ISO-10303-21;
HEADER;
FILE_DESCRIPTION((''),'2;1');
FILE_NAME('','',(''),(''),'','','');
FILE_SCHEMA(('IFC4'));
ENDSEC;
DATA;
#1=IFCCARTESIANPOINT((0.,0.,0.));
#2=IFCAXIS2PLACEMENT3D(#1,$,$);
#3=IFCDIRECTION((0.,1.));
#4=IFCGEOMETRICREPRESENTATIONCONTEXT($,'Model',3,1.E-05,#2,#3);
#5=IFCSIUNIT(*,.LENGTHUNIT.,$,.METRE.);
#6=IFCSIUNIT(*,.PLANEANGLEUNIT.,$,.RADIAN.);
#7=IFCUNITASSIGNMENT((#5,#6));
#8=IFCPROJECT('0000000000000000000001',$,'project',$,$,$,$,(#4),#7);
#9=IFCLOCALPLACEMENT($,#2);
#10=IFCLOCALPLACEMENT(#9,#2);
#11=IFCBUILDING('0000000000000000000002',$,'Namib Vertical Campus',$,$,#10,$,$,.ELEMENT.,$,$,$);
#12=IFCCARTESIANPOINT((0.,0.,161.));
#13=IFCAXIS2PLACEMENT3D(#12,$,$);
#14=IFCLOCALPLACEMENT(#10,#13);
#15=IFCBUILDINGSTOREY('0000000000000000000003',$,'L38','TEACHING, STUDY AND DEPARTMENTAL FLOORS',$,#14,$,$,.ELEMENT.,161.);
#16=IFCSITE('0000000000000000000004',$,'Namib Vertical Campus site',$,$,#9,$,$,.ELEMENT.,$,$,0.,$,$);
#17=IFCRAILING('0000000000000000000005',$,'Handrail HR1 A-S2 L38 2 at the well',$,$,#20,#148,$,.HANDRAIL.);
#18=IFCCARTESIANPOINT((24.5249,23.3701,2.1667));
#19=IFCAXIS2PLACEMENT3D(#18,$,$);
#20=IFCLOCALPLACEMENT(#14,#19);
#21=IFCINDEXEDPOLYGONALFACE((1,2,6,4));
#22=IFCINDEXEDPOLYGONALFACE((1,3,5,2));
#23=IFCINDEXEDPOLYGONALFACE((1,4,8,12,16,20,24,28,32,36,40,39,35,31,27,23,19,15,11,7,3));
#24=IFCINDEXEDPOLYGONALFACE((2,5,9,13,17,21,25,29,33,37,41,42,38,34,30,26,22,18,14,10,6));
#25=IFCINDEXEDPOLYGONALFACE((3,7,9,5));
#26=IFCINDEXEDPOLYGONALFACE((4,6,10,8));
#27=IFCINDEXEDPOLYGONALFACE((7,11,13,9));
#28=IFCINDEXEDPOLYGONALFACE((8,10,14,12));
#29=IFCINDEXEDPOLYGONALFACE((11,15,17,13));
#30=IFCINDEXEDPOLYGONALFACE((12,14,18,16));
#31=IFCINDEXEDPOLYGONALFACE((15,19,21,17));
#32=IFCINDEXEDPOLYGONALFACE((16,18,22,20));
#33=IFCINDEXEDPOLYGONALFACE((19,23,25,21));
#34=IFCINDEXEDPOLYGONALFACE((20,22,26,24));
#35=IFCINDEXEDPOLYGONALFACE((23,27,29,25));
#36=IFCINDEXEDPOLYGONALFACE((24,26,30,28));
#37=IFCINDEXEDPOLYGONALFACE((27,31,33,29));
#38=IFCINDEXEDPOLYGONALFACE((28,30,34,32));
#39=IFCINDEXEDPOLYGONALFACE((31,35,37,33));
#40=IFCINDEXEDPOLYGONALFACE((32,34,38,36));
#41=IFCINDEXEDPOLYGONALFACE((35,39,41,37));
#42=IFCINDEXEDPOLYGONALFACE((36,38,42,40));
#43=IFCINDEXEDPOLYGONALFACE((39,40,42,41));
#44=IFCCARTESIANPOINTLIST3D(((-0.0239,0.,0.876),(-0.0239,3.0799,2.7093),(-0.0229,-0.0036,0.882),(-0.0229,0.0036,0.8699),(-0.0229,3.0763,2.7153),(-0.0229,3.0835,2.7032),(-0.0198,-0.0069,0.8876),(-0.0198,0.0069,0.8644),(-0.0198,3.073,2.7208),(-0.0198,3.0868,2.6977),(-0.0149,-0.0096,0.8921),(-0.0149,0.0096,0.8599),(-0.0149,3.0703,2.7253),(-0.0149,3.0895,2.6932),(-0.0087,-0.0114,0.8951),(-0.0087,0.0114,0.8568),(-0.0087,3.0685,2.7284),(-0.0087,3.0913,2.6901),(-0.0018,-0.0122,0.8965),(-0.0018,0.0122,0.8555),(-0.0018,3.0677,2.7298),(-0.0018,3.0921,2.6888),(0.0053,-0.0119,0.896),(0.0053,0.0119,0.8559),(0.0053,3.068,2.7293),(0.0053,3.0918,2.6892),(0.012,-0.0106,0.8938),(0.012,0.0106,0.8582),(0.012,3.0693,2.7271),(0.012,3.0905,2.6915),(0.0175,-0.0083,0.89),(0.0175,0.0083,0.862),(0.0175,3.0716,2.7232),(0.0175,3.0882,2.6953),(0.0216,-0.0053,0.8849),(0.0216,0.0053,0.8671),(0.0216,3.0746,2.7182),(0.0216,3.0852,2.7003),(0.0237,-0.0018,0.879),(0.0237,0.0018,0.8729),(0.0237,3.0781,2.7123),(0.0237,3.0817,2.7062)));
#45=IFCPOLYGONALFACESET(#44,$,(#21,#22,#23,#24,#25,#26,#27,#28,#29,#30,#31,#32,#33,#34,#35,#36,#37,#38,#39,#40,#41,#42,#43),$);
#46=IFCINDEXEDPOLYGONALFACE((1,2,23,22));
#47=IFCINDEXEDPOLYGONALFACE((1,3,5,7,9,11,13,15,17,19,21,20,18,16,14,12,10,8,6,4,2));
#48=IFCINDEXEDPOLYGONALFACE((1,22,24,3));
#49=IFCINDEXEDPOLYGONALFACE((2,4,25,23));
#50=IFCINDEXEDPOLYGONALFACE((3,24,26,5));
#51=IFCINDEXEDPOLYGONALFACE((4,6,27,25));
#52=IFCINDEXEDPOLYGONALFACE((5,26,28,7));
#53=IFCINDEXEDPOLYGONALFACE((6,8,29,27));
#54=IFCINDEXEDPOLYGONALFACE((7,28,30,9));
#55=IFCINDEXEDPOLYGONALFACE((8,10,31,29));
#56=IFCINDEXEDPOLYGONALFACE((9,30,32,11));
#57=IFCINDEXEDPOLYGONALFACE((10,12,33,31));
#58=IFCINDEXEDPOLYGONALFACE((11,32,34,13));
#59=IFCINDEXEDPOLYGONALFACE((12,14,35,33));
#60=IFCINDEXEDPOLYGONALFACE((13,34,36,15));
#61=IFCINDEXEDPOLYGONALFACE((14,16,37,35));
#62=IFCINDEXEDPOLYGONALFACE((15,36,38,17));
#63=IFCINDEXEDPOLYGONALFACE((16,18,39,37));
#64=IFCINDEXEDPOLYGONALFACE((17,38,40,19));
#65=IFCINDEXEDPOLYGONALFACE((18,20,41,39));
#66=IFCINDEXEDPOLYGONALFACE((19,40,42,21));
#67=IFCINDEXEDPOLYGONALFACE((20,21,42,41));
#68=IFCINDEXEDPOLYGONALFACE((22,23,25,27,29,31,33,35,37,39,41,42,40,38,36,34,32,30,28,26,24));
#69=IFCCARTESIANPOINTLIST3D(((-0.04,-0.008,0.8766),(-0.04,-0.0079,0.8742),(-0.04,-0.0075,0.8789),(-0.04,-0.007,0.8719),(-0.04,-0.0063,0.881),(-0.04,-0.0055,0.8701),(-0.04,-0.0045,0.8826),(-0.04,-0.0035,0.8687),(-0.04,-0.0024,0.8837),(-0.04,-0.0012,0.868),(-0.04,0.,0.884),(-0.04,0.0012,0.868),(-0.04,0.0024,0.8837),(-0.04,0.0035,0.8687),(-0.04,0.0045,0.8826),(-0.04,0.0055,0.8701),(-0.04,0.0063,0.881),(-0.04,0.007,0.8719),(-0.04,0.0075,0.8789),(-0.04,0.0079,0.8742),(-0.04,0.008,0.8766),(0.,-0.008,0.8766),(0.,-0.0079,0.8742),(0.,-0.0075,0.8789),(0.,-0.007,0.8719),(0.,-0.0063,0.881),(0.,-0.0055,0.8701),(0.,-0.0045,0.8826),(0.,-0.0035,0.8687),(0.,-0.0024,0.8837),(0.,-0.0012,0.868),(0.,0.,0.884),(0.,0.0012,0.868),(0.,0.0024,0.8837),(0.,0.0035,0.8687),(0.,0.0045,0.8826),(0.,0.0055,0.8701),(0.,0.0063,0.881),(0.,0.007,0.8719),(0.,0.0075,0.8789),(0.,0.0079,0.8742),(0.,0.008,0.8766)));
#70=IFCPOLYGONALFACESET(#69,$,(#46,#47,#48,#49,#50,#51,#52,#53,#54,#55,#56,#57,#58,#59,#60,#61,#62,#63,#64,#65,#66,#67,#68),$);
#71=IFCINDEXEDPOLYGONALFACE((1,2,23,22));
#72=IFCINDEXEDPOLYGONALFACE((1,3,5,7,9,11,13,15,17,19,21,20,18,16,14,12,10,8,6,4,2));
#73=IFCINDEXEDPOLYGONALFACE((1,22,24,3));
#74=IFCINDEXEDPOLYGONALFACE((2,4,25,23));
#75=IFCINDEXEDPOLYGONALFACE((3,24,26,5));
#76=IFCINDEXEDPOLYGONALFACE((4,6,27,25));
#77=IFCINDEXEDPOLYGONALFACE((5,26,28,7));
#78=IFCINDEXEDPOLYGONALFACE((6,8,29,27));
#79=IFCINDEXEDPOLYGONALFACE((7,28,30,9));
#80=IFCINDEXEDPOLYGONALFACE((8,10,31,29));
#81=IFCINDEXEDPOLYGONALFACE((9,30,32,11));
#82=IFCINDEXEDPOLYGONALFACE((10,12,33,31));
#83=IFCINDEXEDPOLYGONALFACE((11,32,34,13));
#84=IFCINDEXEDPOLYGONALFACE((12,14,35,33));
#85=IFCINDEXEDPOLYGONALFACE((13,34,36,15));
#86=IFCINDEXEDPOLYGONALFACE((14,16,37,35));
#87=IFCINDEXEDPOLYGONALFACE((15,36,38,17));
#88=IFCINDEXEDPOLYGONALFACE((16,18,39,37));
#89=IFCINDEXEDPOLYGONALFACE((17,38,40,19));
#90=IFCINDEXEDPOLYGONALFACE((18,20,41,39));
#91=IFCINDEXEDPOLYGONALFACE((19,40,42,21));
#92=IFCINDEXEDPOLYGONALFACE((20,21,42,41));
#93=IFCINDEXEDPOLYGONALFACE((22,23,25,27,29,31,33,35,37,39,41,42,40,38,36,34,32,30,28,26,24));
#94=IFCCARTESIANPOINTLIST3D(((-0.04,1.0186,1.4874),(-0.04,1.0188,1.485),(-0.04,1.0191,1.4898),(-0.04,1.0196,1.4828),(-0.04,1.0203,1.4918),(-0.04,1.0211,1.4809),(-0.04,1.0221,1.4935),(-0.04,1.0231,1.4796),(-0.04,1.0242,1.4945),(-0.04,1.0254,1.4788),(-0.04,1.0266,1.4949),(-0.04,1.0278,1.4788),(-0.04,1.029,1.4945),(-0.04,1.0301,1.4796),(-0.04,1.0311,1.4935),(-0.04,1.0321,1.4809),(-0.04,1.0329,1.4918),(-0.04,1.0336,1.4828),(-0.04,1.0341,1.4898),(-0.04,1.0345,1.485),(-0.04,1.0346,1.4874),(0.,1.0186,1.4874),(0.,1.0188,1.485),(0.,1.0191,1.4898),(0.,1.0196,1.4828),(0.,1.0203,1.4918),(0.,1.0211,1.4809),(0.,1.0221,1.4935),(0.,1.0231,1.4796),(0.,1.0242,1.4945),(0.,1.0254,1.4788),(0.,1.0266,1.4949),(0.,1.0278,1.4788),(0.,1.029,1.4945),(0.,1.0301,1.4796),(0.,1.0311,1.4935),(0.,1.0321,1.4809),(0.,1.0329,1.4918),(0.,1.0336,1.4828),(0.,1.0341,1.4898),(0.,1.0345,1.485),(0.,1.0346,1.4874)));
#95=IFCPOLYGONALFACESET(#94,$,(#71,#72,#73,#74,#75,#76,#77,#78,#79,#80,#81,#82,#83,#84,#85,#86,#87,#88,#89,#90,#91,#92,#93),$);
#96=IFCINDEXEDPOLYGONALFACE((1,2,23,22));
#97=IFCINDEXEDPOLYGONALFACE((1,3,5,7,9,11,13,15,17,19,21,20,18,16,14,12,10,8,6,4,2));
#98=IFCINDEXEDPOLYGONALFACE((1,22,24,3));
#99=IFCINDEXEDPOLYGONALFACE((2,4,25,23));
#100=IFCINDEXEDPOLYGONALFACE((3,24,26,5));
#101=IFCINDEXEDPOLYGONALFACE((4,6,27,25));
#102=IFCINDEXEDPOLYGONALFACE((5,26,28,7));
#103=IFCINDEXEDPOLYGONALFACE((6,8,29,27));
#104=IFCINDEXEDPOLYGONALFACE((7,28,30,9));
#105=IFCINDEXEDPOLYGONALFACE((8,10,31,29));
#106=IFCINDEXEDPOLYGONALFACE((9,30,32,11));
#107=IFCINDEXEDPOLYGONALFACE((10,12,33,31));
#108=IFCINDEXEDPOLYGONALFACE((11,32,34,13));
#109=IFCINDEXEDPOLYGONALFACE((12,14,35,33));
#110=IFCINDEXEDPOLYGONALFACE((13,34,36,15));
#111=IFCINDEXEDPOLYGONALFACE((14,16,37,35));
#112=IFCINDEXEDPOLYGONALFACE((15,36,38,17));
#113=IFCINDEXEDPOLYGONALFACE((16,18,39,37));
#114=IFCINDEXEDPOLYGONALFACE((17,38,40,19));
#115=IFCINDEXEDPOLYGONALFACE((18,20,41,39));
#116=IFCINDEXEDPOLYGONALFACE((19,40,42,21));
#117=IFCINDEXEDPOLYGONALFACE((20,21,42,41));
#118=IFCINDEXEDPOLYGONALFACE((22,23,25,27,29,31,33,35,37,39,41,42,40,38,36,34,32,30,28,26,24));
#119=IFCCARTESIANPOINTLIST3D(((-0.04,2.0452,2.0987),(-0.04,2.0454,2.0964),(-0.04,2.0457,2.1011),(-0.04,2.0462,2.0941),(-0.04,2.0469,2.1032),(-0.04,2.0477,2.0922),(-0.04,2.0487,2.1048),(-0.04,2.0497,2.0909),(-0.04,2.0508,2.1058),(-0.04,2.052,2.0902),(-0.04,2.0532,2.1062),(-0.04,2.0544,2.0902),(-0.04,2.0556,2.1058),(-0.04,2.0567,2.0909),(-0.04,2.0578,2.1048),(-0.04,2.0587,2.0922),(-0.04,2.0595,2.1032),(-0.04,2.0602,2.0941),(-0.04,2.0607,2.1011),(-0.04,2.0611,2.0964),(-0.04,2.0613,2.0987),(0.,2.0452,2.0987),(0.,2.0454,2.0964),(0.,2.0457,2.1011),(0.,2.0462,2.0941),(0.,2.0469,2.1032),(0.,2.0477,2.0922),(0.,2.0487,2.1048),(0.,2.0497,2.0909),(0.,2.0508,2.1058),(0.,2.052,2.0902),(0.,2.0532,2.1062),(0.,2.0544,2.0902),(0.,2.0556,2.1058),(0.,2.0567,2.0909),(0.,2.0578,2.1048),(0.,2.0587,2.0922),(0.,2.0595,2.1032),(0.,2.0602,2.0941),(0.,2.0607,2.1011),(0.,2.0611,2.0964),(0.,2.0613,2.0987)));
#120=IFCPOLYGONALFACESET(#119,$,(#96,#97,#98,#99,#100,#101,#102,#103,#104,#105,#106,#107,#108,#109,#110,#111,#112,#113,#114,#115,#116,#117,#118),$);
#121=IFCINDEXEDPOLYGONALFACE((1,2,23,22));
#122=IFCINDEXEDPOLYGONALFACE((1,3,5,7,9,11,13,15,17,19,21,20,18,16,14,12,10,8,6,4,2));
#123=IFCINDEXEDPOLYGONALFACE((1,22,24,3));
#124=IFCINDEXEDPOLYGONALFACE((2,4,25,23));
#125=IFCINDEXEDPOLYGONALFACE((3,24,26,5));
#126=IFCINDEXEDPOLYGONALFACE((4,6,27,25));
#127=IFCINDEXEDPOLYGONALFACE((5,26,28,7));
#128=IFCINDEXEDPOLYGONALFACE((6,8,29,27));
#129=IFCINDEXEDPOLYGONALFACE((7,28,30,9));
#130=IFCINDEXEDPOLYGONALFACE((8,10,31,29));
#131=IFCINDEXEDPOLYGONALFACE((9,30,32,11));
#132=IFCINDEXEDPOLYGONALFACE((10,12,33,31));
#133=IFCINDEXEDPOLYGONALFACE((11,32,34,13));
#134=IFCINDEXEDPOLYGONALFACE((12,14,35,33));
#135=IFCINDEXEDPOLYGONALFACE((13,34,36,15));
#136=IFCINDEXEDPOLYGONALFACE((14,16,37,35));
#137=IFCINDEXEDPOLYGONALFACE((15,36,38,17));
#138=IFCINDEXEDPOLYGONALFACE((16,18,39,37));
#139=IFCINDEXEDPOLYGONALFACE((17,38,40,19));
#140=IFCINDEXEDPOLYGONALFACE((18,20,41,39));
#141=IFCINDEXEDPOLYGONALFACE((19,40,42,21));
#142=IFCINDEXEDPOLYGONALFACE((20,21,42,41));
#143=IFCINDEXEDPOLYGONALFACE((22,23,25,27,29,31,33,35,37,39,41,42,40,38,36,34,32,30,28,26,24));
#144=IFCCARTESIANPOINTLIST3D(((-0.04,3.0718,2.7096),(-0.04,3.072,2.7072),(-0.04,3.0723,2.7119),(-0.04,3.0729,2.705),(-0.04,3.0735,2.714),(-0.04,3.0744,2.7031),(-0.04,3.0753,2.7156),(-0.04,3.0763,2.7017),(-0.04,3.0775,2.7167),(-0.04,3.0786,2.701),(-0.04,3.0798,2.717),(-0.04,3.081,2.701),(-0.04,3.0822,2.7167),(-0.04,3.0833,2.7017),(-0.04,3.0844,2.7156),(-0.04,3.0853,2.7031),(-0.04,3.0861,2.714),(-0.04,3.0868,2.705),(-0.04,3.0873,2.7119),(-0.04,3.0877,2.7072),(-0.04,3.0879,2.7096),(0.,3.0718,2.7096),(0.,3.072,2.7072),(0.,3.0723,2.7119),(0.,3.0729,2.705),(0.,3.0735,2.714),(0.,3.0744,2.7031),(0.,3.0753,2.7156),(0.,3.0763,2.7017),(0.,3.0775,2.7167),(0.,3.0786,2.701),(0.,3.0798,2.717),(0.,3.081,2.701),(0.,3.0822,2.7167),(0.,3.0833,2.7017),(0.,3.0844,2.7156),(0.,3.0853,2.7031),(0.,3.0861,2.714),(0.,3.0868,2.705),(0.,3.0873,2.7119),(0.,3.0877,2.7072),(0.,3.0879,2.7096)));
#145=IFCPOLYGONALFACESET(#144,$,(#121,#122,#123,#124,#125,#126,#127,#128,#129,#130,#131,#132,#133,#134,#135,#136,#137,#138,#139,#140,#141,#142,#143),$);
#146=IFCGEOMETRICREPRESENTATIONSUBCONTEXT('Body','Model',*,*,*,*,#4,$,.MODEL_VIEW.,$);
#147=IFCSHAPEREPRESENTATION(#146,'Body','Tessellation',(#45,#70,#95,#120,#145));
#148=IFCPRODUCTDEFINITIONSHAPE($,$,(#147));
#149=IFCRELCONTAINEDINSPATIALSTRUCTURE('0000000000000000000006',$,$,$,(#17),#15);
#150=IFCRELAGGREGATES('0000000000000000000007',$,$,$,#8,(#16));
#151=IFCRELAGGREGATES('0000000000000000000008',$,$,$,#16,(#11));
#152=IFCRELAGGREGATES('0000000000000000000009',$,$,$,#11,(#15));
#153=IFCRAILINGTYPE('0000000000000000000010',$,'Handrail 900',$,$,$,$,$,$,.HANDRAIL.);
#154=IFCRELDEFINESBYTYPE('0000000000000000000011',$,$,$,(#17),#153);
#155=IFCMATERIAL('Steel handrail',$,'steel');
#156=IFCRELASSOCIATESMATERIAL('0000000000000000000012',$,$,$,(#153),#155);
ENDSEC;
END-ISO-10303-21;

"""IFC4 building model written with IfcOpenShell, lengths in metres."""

from ifc_helpers import new_model, si_unit, direction, frame, origin, origin_2d, place, context, subcontext, project, spatial, circle, extrude, material, type_object, element, save


model = new_model("IFC4")

# Units and contexts
model_context = context("Model", 3, precision=1e-05, world=origin(), true_north=direction((0.0, 1.0)))
body_context = subcontext(model_context, "Body", "Model", "MODEL_VIEW")
ifc_project = project(units=[si_unit("LENGTHUNIT", "METRE"), si_unit("PLANEANGLEUNIT", "RADIAN")], contexts=[model_context])

# Site, building, storey
site_placement = place(None, origin())
site = spatial("IfcSite", under=ifc_project, at=site_placement, Name="Namib Vertical Campus site", CompositionType="ELEMENT", RefElevation=0.0)
building_placement = place(site_placement, origin())
building = spatial("IfcBuilding", under=site, at=building_placement, Name="Namib Vertical Campus", CompositionType="ELEMENT")
storey_placement = place(building_placement, frame((0.0, 0.0, 161.0)))
storey = spatial("IfcBuildingStorey", under=building, at=storey_placement, Name="L38", Description="TEACHING, STUDY AND DEPARTMENTAL FLOORS", CompositionType="ELEMENT", Elevation=161.0)

# Railing
ifc_material_1 = material(Name="Steel handrail", Category="steel")
railing_type_1 = type_object("IfcRailingType", Name="Handrail 900", PredefinedType="HANDRAIL", material=ifc_material_1)
railing_1_placement = place(storey_placement, frame((24.5249, 23.3701, 2.1667)))
element("IfcRailing", 1, at=railing_1_placement, inside=storey, type_object=railing_type_1, Name="Handrail HR1 A-S2 L38 2 at the well", PredefinedType="HANDRAIL", context=body_context, shape_type="SweptSolid", body=[
    extrude(circle(Radius=0.0239, at=origin_2d()), frame((0.0, 0.0, 0.876), z_axis=(0.0, 0.859291, 0.511487), x_axis=(-1.0, 0.0, 0.0)), (0.0, 0.0, 1.0), 3.5842),
    extrude(circle(Radius=0.0081, at=origin_2d()), frame((0.0, 0.0, 0.876), z_axis=(-1.0, 0.0, 0.0), x_axis=(0.0, 0.0, 1.0)), (0.0, 0.0, 1.0), 0.04),
    extrude(circle(Radius=0.0081, at=origin_2d()), frame((0.0, 1.0266, 1.4868), z_axis=(-1.0, 0.0, 0.0), x_axis=(0.0, 0.0, 1.0)), (0.0, 0.0, 1.0), 0.04),
    extrude(circle(Radius=0.0081, at=origin_2d()), frame((0.0, 2.0532, 2.0981), z_axis=(-1.0, 0.0, 0.0), x_axis=(0.0, 0.0, 1.0)), (0.0, 0.0, 1.0), 0.04),
    extrude(circle(Radius=0.0081, at=origin_2d()), frame((0.0, 3.0798, 2.709), z_axis=(-1.0, 0.0, 0.0), x_axis=(0.0, 0.0, 1.0)), (0.0, 0.0, 1.0), 0.04),
])

save(model, "model.ifc")
